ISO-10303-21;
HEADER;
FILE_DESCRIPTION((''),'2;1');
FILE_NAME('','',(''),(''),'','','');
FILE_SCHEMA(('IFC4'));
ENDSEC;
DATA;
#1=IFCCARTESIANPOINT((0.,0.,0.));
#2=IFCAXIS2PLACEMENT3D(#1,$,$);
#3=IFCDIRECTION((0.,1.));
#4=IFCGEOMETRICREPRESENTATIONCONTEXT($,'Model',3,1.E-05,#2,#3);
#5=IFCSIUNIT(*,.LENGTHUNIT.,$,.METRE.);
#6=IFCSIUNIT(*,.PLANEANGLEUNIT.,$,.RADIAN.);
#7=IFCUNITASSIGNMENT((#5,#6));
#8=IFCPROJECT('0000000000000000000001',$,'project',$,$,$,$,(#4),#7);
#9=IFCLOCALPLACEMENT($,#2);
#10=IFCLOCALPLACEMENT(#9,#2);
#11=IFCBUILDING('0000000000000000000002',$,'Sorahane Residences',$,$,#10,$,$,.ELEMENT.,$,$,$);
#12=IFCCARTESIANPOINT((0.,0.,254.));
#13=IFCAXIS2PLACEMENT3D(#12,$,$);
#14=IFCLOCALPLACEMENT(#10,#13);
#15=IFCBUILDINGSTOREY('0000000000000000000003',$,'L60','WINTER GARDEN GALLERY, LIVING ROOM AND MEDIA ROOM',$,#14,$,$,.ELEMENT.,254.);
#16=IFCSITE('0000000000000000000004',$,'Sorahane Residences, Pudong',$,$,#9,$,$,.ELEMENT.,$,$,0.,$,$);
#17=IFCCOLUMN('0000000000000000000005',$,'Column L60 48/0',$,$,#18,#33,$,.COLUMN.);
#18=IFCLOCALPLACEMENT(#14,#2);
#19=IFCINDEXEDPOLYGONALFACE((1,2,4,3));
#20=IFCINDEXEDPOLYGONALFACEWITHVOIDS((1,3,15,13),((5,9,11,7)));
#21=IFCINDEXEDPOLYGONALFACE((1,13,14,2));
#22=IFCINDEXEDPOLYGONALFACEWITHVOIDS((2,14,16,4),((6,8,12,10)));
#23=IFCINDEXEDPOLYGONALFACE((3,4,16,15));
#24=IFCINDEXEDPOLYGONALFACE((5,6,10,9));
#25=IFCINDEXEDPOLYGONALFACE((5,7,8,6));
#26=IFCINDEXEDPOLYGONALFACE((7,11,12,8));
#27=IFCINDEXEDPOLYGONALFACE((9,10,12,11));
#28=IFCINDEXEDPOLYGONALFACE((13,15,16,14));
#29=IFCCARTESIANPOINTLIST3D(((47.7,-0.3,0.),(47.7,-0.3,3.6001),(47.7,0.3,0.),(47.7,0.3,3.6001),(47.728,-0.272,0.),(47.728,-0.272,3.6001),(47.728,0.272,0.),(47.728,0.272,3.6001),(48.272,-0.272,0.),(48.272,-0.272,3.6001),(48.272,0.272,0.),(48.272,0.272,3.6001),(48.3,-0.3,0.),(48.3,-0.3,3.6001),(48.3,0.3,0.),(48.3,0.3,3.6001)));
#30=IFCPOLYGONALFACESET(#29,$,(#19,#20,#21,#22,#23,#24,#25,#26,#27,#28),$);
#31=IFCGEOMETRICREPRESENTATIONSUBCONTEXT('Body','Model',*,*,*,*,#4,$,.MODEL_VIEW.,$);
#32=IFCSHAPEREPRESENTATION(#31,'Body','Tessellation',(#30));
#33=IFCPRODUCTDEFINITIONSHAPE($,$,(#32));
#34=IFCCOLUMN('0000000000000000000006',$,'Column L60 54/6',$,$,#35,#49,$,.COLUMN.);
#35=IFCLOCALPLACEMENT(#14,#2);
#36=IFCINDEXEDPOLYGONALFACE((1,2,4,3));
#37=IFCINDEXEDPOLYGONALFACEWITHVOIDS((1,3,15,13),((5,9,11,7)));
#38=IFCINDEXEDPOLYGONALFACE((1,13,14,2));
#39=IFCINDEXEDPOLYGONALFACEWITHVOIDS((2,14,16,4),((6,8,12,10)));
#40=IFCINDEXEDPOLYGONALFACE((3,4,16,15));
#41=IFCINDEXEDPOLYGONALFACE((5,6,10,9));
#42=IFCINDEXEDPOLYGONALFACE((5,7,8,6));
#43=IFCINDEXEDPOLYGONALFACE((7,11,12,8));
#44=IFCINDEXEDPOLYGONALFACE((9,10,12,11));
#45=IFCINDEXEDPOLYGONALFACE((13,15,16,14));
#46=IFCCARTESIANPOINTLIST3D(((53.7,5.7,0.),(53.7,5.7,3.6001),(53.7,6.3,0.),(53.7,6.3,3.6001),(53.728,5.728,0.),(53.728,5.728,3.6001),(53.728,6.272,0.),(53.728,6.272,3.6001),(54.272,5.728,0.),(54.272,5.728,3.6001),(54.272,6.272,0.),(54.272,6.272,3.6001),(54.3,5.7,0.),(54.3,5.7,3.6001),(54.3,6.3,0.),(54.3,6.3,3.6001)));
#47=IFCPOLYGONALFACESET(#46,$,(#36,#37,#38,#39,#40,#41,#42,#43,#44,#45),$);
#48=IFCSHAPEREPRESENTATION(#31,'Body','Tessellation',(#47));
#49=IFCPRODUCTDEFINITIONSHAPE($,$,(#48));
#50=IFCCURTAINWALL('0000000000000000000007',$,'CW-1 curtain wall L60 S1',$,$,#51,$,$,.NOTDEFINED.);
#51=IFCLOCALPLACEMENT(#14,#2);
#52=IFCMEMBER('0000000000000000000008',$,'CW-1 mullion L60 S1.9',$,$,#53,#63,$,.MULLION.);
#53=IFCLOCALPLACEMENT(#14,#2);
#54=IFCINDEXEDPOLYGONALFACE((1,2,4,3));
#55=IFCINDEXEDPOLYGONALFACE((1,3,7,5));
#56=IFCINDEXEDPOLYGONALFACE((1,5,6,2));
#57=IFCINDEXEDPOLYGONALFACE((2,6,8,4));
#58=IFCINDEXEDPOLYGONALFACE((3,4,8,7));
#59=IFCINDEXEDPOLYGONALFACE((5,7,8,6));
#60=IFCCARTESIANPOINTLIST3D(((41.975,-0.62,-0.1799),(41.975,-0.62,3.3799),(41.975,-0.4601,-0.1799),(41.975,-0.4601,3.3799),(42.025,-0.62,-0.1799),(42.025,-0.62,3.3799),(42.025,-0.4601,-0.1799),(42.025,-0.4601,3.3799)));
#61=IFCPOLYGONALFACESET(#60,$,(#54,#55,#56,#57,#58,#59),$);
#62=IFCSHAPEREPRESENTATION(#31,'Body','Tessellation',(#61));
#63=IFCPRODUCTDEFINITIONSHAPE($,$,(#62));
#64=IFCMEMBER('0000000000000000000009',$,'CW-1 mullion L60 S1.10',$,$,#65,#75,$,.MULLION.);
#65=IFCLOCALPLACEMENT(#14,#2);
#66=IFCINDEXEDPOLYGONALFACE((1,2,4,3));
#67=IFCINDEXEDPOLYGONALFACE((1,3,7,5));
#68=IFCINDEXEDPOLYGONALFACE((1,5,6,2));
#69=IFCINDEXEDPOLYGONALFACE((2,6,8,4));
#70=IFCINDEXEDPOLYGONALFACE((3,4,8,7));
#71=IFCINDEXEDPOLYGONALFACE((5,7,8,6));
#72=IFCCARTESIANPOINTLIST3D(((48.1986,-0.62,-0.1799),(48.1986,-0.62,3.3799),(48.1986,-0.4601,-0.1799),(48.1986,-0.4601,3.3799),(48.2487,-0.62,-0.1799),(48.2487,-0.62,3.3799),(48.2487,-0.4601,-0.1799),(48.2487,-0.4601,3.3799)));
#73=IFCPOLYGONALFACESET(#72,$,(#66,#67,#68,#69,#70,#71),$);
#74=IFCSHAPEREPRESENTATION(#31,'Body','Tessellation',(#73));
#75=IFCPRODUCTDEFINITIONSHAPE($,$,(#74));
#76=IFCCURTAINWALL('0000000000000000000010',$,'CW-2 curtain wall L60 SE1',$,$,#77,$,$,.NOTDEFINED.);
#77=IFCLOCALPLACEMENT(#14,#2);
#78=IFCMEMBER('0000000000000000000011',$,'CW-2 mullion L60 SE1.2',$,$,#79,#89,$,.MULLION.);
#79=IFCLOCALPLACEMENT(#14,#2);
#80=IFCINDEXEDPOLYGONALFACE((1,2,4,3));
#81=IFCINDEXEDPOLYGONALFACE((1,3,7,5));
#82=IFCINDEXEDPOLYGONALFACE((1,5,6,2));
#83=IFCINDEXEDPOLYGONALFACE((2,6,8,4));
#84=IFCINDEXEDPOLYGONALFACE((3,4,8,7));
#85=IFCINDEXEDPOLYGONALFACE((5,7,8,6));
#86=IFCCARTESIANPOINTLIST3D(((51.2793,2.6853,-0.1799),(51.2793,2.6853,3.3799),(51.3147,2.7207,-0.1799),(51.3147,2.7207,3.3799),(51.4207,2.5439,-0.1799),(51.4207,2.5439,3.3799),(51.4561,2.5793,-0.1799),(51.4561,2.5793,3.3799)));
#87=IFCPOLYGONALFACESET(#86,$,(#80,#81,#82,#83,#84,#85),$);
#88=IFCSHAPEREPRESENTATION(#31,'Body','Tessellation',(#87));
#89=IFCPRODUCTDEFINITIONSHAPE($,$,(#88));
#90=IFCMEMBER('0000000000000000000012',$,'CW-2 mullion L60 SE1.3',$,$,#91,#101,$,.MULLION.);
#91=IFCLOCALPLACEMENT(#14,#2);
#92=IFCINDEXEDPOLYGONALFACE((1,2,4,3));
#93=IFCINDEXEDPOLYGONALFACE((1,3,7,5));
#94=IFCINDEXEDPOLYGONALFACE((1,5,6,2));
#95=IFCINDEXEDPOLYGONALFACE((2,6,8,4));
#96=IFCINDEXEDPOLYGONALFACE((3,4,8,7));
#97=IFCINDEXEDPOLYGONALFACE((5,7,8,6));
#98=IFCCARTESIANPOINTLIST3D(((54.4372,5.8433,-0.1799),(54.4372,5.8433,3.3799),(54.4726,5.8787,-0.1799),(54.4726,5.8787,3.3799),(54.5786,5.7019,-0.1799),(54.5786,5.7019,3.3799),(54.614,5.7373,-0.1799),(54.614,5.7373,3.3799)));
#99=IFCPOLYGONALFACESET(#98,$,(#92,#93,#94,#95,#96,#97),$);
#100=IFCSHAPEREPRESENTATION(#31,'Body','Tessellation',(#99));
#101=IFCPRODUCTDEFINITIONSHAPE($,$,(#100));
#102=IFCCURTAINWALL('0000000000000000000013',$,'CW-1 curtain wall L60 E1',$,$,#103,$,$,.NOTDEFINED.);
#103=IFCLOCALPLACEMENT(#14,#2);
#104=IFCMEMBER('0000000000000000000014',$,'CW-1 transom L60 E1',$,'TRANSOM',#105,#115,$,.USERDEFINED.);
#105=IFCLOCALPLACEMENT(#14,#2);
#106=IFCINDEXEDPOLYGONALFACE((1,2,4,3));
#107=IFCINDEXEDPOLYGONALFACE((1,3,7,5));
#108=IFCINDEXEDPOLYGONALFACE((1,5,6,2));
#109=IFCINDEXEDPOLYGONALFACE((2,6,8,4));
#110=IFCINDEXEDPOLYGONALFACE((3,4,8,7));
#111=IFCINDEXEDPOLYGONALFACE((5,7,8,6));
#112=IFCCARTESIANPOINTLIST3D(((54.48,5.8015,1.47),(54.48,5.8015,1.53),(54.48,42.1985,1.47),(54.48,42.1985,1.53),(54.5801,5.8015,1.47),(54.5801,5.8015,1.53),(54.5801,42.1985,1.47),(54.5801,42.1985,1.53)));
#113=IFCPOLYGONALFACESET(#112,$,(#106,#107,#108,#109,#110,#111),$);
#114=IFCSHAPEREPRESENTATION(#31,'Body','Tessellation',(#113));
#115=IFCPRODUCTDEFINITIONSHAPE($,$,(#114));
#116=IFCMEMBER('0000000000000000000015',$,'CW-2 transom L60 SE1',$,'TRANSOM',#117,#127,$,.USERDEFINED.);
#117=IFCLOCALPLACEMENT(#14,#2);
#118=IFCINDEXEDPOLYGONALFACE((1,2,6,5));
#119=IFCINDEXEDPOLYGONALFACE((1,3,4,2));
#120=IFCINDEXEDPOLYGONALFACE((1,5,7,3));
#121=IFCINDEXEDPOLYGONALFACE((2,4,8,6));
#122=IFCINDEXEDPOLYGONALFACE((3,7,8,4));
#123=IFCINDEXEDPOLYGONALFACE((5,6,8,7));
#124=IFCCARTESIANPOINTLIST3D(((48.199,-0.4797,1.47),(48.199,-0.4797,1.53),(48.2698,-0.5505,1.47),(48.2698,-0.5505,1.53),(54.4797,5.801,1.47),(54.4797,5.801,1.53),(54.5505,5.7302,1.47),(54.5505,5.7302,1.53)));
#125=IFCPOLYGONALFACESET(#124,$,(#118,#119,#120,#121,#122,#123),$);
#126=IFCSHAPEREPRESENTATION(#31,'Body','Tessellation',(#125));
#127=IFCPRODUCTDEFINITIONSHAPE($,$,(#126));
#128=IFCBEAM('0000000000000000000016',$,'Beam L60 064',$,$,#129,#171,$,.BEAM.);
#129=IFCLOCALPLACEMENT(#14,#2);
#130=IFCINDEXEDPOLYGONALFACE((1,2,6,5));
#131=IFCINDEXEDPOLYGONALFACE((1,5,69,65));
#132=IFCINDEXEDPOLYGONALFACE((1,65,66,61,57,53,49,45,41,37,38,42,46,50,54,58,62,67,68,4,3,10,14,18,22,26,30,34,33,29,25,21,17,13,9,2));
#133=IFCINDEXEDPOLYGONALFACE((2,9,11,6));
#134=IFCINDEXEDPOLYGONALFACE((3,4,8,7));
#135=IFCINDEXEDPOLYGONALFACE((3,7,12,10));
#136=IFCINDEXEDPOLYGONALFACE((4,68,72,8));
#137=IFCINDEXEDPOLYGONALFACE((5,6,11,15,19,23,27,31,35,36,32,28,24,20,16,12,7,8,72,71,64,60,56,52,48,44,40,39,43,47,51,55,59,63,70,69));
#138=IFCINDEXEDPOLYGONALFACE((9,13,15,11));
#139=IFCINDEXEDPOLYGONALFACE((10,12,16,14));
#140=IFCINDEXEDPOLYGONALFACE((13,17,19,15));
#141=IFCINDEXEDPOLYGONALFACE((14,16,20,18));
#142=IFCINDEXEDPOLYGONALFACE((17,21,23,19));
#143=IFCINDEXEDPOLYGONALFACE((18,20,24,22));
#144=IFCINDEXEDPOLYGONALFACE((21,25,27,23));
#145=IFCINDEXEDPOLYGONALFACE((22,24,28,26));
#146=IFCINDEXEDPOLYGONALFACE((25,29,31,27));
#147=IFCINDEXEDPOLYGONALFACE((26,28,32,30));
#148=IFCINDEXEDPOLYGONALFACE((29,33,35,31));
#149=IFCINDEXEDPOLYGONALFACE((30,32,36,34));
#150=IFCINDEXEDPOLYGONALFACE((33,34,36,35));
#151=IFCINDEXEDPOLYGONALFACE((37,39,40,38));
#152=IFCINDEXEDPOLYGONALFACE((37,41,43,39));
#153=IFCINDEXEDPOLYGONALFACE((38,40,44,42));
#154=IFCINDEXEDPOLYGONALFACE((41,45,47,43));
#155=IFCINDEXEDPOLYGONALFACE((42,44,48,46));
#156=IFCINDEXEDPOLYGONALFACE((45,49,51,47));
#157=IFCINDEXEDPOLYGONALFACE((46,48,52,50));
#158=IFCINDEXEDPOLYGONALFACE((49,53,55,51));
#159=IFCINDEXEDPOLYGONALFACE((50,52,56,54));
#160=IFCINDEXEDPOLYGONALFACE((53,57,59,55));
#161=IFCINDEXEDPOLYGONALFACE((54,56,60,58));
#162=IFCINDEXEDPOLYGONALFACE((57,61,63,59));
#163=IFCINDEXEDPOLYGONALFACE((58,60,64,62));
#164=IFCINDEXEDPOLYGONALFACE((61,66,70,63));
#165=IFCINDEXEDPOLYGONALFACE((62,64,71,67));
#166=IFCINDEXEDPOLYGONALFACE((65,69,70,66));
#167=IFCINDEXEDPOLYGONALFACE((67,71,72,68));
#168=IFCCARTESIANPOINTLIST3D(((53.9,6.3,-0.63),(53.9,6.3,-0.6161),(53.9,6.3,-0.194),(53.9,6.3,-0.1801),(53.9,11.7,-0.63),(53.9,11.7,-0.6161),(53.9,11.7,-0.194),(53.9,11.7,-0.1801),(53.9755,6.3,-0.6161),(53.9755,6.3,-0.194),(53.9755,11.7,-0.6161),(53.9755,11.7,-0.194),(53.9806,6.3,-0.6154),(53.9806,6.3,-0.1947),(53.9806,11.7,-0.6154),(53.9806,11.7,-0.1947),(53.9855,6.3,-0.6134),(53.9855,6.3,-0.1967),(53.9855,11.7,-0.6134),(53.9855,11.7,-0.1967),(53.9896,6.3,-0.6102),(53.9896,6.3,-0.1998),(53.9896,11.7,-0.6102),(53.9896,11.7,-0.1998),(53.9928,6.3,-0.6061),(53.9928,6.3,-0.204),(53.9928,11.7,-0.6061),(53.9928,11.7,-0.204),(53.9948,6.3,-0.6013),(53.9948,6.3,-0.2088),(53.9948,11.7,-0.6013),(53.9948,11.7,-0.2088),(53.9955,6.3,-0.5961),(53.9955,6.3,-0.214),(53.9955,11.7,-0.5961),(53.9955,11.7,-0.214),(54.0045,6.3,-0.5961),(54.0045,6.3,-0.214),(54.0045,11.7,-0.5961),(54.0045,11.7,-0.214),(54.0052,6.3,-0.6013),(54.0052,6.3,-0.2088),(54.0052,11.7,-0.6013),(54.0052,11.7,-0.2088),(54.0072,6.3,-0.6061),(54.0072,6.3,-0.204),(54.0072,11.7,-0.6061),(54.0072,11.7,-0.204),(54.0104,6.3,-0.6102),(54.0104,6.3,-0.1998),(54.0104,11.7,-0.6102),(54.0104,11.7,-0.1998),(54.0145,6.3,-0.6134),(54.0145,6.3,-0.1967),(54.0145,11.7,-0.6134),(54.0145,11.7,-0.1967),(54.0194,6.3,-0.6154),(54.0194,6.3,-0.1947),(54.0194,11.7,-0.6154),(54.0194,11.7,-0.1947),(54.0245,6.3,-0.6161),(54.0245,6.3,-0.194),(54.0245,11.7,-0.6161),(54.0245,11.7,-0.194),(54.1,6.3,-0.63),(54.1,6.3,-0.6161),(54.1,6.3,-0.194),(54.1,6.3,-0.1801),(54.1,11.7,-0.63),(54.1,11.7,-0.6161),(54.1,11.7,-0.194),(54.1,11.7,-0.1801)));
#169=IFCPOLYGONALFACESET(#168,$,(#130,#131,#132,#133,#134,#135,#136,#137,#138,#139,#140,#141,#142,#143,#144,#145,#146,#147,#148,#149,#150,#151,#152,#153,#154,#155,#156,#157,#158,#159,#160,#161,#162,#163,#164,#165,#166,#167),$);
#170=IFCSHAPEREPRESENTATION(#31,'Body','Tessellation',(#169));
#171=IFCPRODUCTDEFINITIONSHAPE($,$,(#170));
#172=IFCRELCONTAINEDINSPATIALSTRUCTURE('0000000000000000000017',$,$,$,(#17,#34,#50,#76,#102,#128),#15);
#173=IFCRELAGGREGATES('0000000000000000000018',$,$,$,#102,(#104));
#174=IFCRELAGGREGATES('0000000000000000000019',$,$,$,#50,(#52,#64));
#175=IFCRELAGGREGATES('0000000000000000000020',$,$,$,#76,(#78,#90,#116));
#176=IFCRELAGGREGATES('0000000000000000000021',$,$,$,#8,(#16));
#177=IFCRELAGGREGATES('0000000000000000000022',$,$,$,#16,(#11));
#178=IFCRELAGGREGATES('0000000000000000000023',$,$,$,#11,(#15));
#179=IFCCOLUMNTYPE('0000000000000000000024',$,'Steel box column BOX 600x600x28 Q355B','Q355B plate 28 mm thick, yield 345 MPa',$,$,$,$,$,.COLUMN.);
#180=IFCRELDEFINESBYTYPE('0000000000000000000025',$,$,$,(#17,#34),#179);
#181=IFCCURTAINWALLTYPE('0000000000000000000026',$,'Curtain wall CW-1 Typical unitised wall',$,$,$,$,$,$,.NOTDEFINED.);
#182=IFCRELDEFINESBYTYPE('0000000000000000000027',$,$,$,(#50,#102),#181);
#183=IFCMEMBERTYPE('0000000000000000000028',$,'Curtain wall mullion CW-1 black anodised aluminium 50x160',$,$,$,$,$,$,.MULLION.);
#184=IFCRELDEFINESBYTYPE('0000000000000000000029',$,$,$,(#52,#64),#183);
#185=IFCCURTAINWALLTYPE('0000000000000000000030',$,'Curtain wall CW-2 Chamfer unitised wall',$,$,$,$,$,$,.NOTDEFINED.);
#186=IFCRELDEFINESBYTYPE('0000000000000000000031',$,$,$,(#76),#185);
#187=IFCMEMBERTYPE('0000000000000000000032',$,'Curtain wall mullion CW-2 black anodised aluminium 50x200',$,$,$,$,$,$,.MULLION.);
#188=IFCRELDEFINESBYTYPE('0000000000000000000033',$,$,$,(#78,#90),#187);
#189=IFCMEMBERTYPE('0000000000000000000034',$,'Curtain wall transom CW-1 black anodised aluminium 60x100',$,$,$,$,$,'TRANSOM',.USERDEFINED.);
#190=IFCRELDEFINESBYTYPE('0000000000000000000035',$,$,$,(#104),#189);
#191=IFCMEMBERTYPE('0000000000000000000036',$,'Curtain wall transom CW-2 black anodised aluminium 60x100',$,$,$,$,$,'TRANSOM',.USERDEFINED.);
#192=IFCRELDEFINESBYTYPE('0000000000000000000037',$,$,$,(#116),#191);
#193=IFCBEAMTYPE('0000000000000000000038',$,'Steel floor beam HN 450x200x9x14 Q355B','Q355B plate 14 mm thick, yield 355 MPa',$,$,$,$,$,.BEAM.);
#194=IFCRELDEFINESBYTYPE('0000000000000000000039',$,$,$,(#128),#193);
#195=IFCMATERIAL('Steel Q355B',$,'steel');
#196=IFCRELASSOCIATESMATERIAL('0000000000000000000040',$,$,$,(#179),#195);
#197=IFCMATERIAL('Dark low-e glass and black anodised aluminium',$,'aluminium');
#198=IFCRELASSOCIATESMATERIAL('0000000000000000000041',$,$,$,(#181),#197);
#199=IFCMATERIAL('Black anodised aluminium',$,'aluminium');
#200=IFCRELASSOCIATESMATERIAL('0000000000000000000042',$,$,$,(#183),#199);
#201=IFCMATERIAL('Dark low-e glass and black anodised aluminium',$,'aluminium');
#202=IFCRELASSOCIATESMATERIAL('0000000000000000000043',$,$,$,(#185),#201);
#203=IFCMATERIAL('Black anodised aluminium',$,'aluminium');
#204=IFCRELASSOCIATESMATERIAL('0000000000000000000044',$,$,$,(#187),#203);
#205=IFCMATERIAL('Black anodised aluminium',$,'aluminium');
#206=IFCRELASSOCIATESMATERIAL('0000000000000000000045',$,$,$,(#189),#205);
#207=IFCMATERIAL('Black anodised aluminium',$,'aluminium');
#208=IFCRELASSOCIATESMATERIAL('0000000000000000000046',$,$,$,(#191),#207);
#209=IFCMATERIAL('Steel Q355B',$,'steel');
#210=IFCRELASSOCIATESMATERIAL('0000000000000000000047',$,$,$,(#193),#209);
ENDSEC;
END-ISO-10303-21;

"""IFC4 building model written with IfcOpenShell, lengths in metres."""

from ifc_helpers import new_model, si_unit, direction, frame, origin, origin_2d, place, context, subcontext, project, spatial, rectangle, hollow_rectangle, i_section, extrude, material, material_profile, profile_set, type_object, element, aggregate, save


model = new_model("IFC4")

# Units and contexts
model_context = context("Model", 3, precision=1e-05, world=origin(), true_north=direction((0.0, 1.0)))
body_context = subcontext(model_context, "Body", "Model", "MODEL_VIEW")
ifc_project = project(units=[si_unit("LENGTHUNIT", "METRE"), si_unit("PLANEANGLEUNIT", "RADIAN")], contexts=[model_context])

# Site, building, storey
site_placement = place(None, origin())
site = spatial("IfcSite", under=ifc_project, at=site_placement, Name="Sorahane Residences, Pudong", CompositionType="ELEMENT", RefElevation=0.0)
building_placement = place(site_placement, origin())
building = spatial("IfcBuilding", under=site, at=building_placement, Name="Sorahane Residences", CompositionType="ELEMENT")
storey_placement = place(building_placement, frame((0.0, 0.0, 254.0)))
storey = spatial("IfcBuildingStorey", under=building, at=storey_placement, Name="L60", Description="WINTER GARDEN GALLERY, LIVING ROOM AND MEDIA ROOM", CompositionType="ELEMENT", Elevation=254.0)

# Columns
ifc_material_1 = material(Name="Steel Q355B", Category="steel")
ifc_material_profile_1 = material_profile(ifc_material_1, hollow_rectangle(XDim=0.6001, YDim=0.6001, WallThickness=0.0281, at=origin_2d()), Name="BOX 600x600x28")
ifc_profile_set_1 = profile_set([ifc_material_profile_1], Name="Steel Q355B")
column_type = type_object("IfcColumnType", Name="Steel box column BOX 600x600x28 Q355B", Description="Q355B plate 28 mm thick, yield 345 MPa", PredefinedType="COLUMN", material=ifc_profile_set_1)
for number, where, z_axis, x_axis, name in (
    (1, (48.0, 0.0, 0.0), (0.0, 0.0, 1.0), (1.0, 0.0, 0.0), "Column L60 48/0"),
    (2, (54.0, 6.0, 0.0), (0.0, 0.0, 1.0), (1.0, 0.0, 0.0), "Column L60 54/6"),
):
    element("IfcColumn", number, at=place(storey_placement, frame(where, z_axis=z_axis, x_axis=x_axis)), inside=storey, type_object=column_type, Name=name, PredefinedType="COLUMN", context=body_context, shape_type="SweptSolid", body=[
        extrude(hollow_rectangle(XDim=0.6001, YDim=0.6001, WallThickness=0.0281, at=origin_2d()), origin(), (0.0, 0.0, 1.0), 3.6001),
    ])

# Curtain walls, members
ifc_material_2 = material(Name="Dark low-e glass and black anodised aluminium", Category="aluminium")
curtain_wall_type_1 = type_object("IfcCurtainWallType", Name="Curtain wall CW-1 Typical unitised wall", PredefinedType="NOTDEFINED", material=ifc_material_2)
curtain_wall_1_placement = place(storey_placement, origin())
curtain_wall_1 = element("IfcCurtainWall", 3, at=curtain_wall_1_placement, inside=storey, type_object=curtain_wall_type_1, Name="CW-1 curtain wall L60 S1", PredefinedType="NOTDEFINED")
ifc_material_3 = material(Name="Black anodised aluminium", Category="aluminium")
ifc_material_profile_2 = material_profile(ifc_material_3, rectangle(XDim=0.1599, YDim=0.05, at=origin_2d()), Name="Curtain wall mullion CW-1 black anodised aluminium 50x160")
ifc_profile_set_2 = profile_set([ifc_material_profile_2], Name="Black anodised aluminium")
member_type_1 = type_object("IfcMemberType", Name="Curtain wall mullion CW-1 black anodised aluminium 50x160", PredefinedType="MULLION", material=ifc_profile_set_2)
member_1_placement = place(storey_placement, frame((42.0, -0.54, -0.1799), z_axis=(0.0, 0.0, 1.0), x_axis=(0.0, -1.0, 0.0)))
member_1 = element("IfcMember", 4, at=member_1_placement, type_object=member_type_1, Name="CW-1 mullion L60 S1.9", PredefinedType="MULLION", context=body_context, shape_type="SweptSolid", body=[
    extrude(rectangle(XDim=0.1599, YDim=0.05, at=origin_2d()), origin(), (0.0, 0.0, 1.0), 3.5598),
])
member_2_placement = place(storey_placement, frame((48.2236, -0.54, -0.1799), z_axis=(0.0, 0.0, 1.0), x_axis=(0.0, -1.0, 0.0)))
member_2 = element("IfcMember", 5, at=member_2_placement, type_object=member_type_1, Name="CW-1 mullion L60 S1.10", PredefinedType="MULLION", context=body_context, shape_type="SweptSolid", body=[
    extrude(rectangle(XDim=0.1599, YDim=0.05, at=origin_2d()), origin(), (0.0, 0.0, 1.0), 3.5598),
])
ifc_material_4 = material(Name="Dark low-e glass and black anodised aluminium", Category="aluminium")
curtain_wall_type_2 = type_object("IfcCurtainWallType", Name="Curtain wall CW-2 Chamfer unitised wall", PredefinedType="NOTDEFINED", material=ifc_material_4)
curtain_wall_2_placement = place(storey_placement, origin())
curtain_wall_2 = element("IfcCurtainWall", 6, at=curtain_wall_2_placement, inside=storey, type_object=curtain_wall_type_2, Name="CW-2 curtain wall L60 SE1", PredefinedType="NOTDEFINED")
ifc_material_5 = material(Name="Black anodised aluminium", Category="aluminium")
ifc_material_profile_3 = material_profile(ifc_material_5, rectangle(XDim=0.2, YDim=0.05, at=origin_2d()), Name="Curtain wall mullion CW-2 black anodised aluminium 50x200")
ifc_profile_set_3 = profile_set([ifc_material_profile_3], Name="Black anodised aluminium")
member_type_2 = type_object("IfcMemberType", Name="Curtain wall mullion CW-2 black anodised aluminium 50x200", PredefinedType="MULLION", material=ifc_profile_set_3)
member_3_placement = place(storey_placement, frame((51.3677, 2.6323, -0.1799), z_axis=(0.0, 0.0, 1.0), x_axis=(0.707107, -0.707107, 0.0)))
member_3 = element("IfcMember", 7, at=member_3_placement, type_object=member_type_2, Name="CW-2 mullion L60 SE1.2", PredefinedType="MULLION", context=body_context, shape_type="SweptSolid", body=[
    extrude(rectangle(XDim=0.2, YDim=0.05, at=origin_2d()), origin(), (0.0, 0.0, 1.0), 3.5598),
])
member_4_placement = place(storey_placement, frame((54.5256, 5.7903, -0.1799), z_axis=(0.0, 0.0, 1.0), x_axis=(0.707107, -0.707107, 0.0)))
member_4 = element("IfcMember", 8, at=member_4_placement, type_object=member_type_2, Name="CW-2 mullion L60 SE1.3", PredefinedType="MULLION", context=body_context, shape_type="SweptSolid", body=[
    extrude(rectangle(XDim=0.2, YDim=0.05, at=origin_2d()), origin(), (0.0, 0.0, 1.0), 3.5598),
])

# Curtain wall, member
curtain_wall_3_placement = place(storey_placement, origin())
curtain_wall_3 = element("IfcCurtainWall", 9, at=curtain_wall_3_placement, inside=storey, type_object=curtain_wall_type_1, Name="CW-1 curtain wall L60 E1", PredefinedType="NOTDEFINED")
ifc_material_6 = material(Name="Black anodised aluminium", Category="aluminium")
ifc_material_profile_4 = material_profile(ifc_material_6, rectangle(XDim=0.1001, YDim=0.0601, at=origin_2d()), Name="Curtain wall transom CW-1 black anodised aluminium 60x100")
ifc_profile_set_4 = profile_set([ifc_material_profile_4], Name="Black anodised aluminium")
member_type_3 = type_object("IfcMemberType", Name="Curtain wall transom CW-1 black anodised aluminium 60x100", ElementType="TRANSOM", PredefinedType="USERDEFINED", material=ifc_profile_set_4)
member_5_placement = place(storey_placement, frame((54.53, 5.8015, 1.5), z_axis=(0.0, 1.0, 0.0), x_axis=(-1.0, 0.0, 0.0)))
member_5 = element("IfcMember", 10, at=member_5_placement, type_object=member_type_3, Name="CW-1 transom L60 E1", ObjectType="TRANSOM", PredefinedType="USERDEFINED", context=body_context, shape_type="SweptSolid", body=[
    extrude(rectangle(XDim=0.1001, YDim=0.0601, at=origin_2d()), origin(), (0.0, 0.0, 1.0), 36.397),
])
aggregate(curtain_wall_3, [member_5])

# Member
ifc_material_7 = material(Name="Black anodised aluminium", Category="aluminium")
ifc_material_profile_5 = material_profile(ifc_material_7, rectangle(XDim=0.1001, YDim=0.0601, at=origin_2d()), Name="Curtain wall transom CW-2 black anodised aluminium 60x100")
ifc_profile_set_5 = profile_set([ifc_material_profile_5], Name="Black anodised aluminium")
member_type_4 = type_object("IfcMemberType", Name="Curtain wall transom CW-2 black anodised aluminium 60x100", ElementType="TRANSOM", PredefinedType="USERDEFINED", material=ifc_profile_set_5)
member_6_placement = place(storey_placement, frame((48.2344, -0.5151, 1.5), z_axis=(0.707107, 0.707107, 0.0), x_axis=(-0.707107, 0.707107, 0.0)))
member_6 = element("IfcMember", 11, at=member_6_placement, type_object=member_type_4, Name="CW-2 transom L60 SE1", ObjectType="TRANSOM", PredefinedType="USERDEFINED", context=body_context, shape_type="SweptSolid", body=[
    extrude(rectangle(XDim=0.1001, YDim=0.0601, at=origin_2d()), origin(), (0.0, 0.0, 1.0), 8.8823),
])

# Beam
ifc_material_8 = material(Name="Steel Q355B", Category="steel")
ifc_material_profile_6 = material_profile(ifc_material_8, i_section(OverallWidth=0.2, OverallDepth=0.45, WebThickness=0.009, FlangeThickness=0.0139, FilletRadius=0.02, at=origin_2d()), Name="HN 450x200x9x14")
ifc_profile_set_6 = profile_set([ifc_material_profile_6], Name="Steel Q355B")
beam_type_1 = type_object("IfcBeamType", Name="Steel floor beam HN 450x200x9x14 Q355B", Description="Q355B plate 14 mm thick, yield 355 MPa", PredefinedType="BEAM", material=ifc_profile_set_6)
beam_1_placement = place(storey_placement, frame((54.0, 6.3, -0.405), z_axis=(0.0, 1.0, 0.0), x_axis=(-1.0, 0.0, 0.0)))
element("IfcBeam", 12, at=beam_1_placement, inside=storey, type_object=beam_type_1, Name="Beam L60 064", PredefinedType="BEAM", context=body_context, shape_type="SweptSolid", body=[
    extrude(i_section(OverallWidth=0.2, OverallDepth=0.45, WebThickness=0.009, FlangeThickness=0.0139, FilletRadius=0.02, at=origin_2d()), origin(), (0.0, 0.0, 1.0), 5.3999),
])

aggregate(curtain_wall_1, [member_1, member_2])
aggregate(curtain_wall_2, [member_3, member_4, member_6])

save(model, "model.ifc")
